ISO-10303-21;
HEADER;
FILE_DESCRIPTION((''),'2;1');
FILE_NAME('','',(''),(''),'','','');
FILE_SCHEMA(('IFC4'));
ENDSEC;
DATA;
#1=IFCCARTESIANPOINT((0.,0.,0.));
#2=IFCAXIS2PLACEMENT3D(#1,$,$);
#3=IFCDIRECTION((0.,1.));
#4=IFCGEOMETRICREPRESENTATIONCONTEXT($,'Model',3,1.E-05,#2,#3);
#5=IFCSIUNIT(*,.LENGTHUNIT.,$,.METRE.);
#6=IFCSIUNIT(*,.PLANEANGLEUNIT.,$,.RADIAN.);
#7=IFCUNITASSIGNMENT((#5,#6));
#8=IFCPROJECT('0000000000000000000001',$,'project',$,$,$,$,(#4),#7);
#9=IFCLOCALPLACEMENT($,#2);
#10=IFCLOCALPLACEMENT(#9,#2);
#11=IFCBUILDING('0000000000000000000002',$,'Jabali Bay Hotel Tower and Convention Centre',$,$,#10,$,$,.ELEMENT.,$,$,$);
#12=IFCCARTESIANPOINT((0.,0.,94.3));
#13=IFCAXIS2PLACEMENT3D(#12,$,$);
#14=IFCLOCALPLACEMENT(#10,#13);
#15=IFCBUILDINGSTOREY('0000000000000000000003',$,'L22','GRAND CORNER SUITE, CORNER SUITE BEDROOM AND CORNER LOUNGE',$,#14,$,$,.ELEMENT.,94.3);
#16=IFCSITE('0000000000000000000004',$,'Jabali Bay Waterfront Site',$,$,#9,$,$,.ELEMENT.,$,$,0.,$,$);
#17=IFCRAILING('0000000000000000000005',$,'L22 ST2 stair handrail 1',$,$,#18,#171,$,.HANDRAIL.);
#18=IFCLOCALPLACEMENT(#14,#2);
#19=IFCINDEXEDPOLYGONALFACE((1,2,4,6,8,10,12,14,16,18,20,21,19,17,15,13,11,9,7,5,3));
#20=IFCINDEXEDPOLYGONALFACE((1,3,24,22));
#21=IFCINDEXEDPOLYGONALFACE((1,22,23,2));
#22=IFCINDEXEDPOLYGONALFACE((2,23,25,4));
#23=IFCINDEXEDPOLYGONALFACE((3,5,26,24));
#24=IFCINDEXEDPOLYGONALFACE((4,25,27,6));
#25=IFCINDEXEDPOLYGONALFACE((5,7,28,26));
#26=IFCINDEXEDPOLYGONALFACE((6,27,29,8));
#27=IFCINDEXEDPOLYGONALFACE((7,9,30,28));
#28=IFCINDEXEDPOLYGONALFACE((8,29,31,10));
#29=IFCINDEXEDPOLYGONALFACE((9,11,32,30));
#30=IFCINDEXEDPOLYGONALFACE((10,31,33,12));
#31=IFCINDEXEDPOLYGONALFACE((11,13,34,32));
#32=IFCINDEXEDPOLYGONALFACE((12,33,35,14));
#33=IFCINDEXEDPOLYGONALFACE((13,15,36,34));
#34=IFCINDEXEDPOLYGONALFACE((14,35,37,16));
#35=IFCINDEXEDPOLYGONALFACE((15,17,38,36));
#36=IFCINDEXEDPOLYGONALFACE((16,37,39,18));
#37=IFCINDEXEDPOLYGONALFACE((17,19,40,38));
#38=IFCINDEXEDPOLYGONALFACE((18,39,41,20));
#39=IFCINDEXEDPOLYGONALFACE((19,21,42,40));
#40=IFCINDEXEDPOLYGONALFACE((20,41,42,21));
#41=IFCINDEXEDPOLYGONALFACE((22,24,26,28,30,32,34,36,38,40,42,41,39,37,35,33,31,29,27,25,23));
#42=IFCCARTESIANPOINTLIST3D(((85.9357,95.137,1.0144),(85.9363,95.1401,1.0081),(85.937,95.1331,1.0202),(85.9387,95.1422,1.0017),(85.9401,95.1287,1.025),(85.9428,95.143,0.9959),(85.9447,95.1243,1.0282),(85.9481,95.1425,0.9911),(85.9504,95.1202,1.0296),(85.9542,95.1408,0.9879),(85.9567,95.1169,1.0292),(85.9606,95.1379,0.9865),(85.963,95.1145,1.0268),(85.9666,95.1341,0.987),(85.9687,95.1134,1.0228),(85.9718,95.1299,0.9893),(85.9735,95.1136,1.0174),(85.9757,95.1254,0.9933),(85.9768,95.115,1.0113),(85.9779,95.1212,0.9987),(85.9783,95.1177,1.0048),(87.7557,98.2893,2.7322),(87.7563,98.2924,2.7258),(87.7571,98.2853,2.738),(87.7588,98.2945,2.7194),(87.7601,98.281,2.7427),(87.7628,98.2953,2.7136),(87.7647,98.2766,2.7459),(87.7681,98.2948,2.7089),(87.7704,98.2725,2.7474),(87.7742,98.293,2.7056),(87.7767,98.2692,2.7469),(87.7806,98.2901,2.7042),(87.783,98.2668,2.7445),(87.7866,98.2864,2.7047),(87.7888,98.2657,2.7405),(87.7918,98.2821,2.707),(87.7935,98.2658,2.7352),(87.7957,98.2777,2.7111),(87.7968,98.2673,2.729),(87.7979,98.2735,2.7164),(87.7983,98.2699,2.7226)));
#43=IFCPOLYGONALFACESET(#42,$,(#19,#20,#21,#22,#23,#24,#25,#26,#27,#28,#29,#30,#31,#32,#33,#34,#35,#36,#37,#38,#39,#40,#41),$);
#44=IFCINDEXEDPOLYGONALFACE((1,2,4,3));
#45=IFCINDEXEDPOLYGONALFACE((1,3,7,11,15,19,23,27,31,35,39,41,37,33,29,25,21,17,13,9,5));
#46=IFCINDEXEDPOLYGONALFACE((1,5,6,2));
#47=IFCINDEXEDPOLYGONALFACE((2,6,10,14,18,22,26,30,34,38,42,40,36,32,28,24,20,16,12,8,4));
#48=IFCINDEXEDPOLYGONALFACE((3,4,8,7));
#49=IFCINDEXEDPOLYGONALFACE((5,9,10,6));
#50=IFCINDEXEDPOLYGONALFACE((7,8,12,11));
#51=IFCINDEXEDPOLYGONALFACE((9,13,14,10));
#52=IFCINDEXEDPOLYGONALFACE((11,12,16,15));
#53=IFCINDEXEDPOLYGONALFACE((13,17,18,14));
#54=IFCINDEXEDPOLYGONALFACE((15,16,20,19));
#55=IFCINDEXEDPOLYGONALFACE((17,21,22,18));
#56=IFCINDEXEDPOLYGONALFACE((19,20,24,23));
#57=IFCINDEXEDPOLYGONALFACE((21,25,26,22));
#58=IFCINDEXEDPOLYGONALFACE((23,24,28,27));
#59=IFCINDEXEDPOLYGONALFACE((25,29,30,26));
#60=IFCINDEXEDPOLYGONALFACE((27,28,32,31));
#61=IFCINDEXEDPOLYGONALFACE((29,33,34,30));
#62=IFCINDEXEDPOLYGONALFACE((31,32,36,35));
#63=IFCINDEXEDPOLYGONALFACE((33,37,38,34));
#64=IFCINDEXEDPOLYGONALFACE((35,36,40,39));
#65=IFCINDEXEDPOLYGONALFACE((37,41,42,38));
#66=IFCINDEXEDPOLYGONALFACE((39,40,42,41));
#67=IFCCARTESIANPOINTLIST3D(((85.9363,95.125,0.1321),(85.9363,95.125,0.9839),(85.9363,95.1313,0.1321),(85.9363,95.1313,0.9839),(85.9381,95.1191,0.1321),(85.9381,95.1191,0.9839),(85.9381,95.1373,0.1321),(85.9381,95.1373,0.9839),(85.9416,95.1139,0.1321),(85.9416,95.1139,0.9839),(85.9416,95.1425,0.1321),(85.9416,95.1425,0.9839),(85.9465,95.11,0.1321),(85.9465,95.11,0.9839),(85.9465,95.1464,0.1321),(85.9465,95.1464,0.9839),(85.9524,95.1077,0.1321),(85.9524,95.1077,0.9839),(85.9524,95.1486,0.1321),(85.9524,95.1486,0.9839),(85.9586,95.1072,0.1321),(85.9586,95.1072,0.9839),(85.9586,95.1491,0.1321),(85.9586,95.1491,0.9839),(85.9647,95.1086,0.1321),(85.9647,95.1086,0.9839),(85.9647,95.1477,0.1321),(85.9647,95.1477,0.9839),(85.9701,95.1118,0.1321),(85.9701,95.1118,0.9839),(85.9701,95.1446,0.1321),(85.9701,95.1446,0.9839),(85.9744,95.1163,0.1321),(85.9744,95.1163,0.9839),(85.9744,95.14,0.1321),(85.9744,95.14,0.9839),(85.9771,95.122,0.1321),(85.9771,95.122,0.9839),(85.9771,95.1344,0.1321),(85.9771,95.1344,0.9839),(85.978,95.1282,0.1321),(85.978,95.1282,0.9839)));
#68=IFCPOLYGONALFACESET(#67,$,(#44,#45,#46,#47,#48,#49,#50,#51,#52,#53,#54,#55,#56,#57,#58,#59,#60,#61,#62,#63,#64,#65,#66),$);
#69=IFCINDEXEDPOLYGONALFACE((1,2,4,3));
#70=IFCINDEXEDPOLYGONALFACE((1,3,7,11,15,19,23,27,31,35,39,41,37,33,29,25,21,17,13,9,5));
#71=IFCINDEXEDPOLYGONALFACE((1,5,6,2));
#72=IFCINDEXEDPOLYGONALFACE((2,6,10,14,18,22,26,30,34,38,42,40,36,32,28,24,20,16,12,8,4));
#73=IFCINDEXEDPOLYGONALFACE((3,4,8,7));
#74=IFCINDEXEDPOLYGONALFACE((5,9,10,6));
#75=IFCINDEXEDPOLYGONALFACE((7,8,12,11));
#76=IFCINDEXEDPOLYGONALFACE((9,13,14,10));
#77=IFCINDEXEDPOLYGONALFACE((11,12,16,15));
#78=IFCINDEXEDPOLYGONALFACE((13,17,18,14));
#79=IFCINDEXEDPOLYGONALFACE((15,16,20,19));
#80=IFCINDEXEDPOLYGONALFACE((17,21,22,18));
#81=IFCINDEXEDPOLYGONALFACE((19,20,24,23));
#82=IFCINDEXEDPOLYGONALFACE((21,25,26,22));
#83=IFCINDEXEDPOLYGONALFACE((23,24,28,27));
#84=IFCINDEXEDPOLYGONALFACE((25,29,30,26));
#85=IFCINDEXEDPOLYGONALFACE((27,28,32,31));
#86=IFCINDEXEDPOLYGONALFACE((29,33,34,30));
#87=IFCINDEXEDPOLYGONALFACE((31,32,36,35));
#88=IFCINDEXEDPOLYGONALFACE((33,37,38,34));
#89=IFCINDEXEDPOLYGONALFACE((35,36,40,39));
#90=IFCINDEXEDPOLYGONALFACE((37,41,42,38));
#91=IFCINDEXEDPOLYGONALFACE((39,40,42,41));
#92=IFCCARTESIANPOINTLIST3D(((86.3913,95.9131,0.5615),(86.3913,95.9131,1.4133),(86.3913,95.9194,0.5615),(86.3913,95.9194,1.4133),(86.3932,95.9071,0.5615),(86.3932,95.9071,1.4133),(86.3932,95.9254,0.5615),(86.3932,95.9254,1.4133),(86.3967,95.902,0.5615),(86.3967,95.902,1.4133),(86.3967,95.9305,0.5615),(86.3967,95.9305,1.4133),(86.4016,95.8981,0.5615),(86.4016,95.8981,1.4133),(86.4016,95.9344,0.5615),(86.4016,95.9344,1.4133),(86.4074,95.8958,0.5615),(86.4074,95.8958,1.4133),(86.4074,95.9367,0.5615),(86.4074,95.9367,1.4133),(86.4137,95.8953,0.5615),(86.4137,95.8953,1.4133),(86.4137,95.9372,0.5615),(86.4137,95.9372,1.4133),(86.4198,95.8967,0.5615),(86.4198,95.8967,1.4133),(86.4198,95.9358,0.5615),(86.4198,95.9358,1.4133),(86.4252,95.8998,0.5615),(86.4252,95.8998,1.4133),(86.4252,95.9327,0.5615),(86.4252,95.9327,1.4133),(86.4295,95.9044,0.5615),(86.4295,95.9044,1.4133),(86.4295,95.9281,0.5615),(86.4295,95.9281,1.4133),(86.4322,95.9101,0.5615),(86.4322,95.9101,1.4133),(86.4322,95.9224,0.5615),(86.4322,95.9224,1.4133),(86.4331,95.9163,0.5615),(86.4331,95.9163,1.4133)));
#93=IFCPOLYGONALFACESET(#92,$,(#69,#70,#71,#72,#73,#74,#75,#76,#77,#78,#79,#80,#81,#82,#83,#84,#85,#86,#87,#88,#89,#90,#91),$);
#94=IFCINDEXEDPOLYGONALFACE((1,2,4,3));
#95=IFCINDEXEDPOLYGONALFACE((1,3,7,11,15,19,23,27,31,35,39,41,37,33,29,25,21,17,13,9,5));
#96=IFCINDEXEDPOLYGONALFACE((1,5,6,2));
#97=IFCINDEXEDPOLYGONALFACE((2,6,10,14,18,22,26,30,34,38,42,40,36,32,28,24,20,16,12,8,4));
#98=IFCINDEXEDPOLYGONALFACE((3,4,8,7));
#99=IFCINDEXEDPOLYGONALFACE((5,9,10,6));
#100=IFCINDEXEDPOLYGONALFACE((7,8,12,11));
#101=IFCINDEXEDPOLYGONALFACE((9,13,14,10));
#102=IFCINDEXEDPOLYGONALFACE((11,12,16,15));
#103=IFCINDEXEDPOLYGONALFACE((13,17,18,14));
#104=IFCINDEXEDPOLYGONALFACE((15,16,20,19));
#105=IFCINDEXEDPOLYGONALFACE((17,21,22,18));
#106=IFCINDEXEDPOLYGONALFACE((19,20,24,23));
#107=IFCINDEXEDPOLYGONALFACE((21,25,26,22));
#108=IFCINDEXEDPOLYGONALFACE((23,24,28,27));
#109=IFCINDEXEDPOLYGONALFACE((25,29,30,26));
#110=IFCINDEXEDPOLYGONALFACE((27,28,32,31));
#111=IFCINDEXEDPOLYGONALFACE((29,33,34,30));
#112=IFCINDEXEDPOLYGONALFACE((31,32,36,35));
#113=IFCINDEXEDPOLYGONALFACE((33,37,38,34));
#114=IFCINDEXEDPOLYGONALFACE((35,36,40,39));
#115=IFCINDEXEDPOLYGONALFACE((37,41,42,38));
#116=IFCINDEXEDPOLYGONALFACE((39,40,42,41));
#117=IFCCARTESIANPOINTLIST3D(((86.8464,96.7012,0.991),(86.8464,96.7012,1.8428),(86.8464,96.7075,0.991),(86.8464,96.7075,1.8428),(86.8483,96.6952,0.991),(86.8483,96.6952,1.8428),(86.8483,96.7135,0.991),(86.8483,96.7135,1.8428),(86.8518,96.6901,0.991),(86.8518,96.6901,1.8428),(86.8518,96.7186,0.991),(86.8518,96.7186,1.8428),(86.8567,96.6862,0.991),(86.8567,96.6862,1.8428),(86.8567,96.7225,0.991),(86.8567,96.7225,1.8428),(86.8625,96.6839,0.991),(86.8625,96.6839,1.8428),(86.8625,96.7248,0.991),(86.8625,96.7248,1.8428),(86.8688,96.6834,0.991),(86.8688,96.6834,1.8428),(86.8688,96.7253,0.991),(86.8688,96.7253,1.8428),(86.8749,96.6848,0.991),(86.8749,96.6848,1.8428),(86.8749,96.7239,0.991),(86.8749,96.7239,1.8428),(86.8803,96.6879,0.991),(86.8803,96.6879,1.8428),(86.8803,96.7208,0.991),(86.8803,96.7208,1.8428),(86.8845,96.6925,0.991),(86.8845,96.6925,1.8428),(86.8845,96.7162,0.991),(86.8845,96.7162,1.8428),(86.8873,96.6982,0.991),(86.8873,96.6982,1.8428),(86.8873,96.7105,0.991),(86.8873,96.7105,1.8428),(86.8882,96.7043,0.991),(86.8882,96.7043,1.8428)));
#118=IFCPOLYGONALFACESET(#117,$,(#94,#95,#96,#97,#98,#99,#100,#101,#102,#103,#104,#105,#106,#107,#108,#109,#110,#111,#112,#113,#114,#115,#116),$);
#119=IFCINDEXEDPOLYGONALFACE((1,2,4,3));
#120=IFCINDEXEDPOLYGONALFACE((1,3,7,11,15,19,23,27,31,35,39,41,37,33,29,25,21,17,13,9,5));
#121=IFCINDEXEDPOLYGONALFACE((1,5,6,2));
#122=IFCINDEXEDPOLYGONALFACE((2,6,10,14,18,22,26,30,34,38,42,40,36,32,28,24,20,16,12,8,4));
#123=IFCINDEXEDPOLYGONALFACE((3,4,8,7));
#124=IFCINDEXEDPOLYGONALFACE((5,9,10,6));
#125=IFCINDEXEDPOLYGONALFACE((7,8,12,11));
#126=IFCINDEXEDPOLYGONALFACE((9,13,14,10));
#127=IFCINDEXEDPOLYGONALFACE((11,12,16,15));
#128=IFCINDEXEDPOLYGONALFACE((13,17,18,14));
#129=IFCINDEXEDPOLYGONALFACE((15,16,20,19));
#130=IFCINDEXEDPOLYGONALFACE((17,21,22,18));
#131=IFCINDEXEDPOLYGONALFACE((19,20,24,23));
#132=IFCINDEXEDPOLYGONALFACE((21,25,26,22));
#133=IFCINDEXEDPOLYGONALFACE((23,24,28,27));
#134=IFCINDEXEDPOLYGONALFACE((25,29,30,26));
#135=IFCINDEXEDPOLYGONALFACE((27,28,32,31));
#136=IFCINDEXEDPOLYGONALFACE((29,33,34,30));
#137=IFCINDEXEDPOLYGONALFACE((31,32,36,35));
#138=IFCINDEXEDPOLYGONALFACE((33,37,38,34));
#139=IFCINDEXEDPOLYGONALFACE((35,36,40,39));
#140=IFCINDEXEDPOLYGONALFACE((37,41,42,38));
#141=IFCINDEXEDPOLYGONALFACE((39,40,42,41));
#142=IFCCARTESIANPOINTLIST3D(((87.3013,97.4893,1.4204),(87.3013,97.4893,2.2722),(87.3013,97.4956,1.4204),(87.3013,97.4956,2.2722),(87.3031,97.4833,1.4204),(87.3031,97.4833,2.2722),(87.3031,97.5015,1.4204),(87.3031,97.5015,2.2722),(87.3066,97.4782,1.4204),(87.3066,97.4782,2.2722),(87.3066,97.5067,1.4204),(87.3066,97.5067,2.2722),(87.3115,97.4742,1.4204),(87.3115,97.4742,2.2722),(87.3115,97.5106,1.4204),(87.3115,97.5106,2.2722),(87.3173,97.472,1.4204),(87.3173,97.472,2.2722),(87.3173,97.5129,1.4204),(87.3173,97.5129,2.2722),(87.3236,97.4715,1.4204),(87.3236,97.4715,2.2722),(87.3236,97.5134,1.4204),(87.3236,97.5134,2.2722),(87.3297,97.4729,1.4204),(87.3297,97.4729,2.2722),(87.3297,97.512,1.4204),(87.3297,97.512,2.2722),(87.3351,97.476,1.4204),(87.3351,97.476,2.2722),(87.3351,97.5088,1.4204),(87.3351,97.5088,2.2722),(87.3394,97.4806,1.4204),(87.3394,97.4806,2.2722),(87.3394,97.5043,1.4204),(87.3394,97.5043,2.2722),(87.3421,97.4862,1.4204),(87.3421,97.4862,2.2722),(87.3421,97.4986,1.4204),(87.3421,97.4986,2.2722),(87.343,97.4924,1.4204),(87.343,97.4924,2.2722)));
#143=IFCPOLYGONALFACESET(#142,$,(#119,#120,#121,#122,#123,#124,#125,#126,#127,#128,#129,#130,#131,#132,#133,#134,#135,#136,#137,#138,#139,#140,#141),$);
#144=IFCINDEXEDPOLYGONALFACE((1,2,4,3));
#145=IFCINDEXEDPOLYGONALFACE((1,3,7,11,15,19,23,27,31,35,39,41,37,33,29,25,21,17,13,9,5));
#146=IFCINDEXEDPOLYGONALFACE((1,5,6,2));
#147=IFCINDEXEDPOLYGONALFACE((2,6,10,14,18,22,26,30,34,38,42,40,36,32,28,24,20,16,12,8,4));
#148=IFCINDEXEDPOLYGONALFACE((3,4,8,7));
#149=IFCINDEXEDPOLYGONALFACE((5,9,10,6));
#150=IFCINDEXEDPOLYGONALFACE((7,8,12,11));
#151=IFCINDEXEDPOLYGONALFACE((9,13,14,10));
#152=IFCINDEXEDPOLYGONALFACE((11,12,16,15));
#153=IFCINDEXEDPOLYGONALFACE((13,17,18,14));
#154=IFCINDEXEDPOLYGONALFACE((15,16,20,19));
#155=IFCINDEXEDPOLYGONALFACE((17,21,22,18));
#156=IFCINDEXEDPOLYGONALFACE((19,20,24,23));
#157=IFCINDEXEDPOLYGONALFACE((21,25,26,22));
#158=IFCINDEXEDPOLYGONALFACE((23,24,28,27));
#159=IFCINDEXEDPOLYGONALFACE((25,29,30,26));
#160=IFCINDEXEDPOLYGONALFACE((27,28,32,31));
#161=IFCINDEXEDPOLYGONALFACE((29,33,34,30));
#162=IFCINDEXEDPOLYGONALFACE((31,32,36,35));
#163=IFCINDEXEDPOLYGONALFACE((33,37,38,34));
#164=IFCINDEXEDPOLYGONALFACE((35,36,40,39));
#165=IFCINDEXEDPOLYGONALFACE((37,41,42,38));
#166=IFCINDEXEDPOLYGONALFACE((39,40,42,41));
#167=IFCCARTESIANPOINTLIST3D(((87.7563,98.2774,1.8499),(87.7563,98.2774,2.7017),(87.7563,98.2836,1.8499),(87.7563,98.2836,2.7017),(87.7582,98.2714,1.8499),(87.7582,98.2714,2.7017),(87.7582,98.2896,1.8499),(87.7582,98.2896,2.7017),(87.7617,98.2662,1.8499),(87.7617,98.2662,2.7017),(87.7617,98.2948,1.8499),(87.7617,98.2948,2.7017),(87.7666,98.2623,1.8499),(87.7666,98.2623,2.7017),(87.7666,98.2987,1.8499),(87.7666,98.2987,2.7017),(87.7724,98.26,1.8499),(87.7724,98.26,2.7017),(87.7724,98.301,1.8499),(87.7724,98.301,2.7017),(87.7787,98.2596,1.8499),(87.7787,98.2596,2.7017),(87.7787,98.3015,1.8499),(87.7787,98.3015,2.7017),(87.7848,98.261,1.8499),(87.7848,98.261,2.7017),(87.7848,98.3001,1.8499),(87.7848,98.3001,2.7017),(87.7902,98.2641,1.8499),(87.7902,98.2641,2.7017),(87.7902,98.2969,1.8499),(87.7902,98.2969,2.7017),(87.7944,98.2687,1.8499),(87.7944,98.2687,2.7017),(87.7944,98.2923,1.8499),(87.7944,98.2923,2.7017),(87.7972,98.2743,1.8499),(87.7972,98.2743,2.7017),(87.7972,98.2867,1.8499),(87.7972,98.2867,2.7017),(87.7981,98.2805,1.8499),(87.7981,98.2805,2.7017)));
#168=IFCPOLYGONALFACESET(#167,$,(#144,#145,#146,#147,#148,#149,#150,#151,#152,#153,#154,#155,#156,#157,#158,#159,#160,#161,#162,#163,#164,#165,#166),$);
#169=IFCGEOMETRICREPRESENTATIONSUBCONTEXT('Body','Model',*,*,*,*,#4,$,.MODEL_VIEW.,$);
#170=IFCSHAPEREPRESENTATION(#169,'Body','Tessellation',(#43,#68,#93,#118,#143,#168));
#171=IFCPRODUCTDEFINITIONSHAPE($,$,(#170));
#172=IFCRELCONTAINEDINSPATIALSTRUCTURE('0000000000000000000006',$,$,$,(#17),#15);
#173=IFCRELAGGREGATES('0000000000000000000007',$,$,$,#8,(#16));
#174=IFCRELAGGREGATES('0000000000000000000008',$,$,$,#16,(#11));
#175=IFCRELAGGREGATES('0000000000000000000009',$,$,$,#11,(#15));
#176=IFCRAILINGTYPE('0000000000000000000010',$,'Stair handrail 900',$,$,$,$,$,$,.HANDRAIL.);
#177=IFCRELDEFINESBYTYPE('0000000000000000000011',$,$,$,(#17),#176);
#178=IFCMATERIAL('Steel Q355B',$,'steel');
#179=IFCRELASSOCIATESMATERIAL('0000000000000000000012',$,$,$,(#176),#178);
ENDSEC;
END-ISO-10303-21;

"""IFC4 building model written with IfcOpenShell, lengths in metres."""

from ifc_helpers import new_model, si_unit, direction, frame, origin, origin_2d, place, context, subcontext, project, spatial, circle, extrude, material, type_object, element, save


model = new_model("IFC4")

# Units and contexts
model_context = context("Model", 3, precision=1e-05, world=origin(), true_north=direction((0.0, 1.0)))
body_context = subcontext(model_context, "Body", "Model", "MODEL_VIEW")
ifc_project = project(units=[si_unit("LENGTHUNIT", "METRE"), si_unit("PLANEANGLEUNIT", "RADIAN")], contexts=[model_context])

# Site, building, storey
site_placement = place(None, origin())
site = spatial("IfcSite", under=ifc_project, at=site_placement, Name="Jabali Bay Waterfront Site", CompositionType="ELEMENT", RefElevation=0.0)
building_placement = place(site_placement, origin())
building = spatial("IfcBuilding", under=site, at=building_placement, Name="Jabali Bay Hotel Tower and Convention Centre", CompositionType="ELEMENT")
storey_placement = place(building_placement, frame((0.0, 0.0, 94.3)))
storey = spatial("IfcBuildingStorey", under=building, at=storey_placement, Name="L22", Description="GRAND CORNER SUITE, CORNER SUITE BEDROOM AND CORNER LOUNGE", CompositionType="ELEMENT", Elevation=94.3)

# Railing
ifc_material_1 = material(Name="Steel Q355B", Category="steel")
railing_type_1 = type_object("IfcRailingType", Name="Stair handrail 900", PredefinedType="HANDRAIL", material=ifc_material_1)
railing_1_placement = place(storey_placement, frame((85.957, 95.1282, 0.1321)))
element("IfcRailing", 1, at=railing_1_placement, inside=storey, type_object=railing_type_1, Name="L22 ST2 stair handrail 1", PredefinedType="HANDRAIL", context=body_context, shape_type="SweptSolid", body=[
    extrude(circle(Radius=0.0239, at=origin_2d()), frame((0.0, 0.0, 0.876), z_axis=(0.45219, 0.78319, 0.426775), x_axis=(-0.866018, 0.500013, 0.0)), (0.0, 0.0, 1.0), 4.0249),
    extrude(circle(Radius=0.021, at=origin_2d()), origin(), (0.0, 0.0, 1.0), 0.8518),
    extrude(circle(Radius=0.021, at=origin_2d()), frame((0.4551, 0.7881, 0.4294)), (0.0, 0.0, 1.0), 0.8518),
    extrude(circle(Radius=0.021, at=origin_2d()), frame((0.9102, 1.5762, 0.8589)), (0.0, 0.0, 1.0), 0.8518),
    extrude(circle(Radius=0.021, at=origin_2d()), frame((1.365, 2.3643, 1.2883)), (0.0, 0.0, 1.0), 0.8518),
    extrude(circle(Radius=0.021, at=origin_2d()), frame((1.8201, 3.1523, 1.7178)), (0.0, 0.0, 1.0), 0.8518),
])

save(model, "model.ifc")
